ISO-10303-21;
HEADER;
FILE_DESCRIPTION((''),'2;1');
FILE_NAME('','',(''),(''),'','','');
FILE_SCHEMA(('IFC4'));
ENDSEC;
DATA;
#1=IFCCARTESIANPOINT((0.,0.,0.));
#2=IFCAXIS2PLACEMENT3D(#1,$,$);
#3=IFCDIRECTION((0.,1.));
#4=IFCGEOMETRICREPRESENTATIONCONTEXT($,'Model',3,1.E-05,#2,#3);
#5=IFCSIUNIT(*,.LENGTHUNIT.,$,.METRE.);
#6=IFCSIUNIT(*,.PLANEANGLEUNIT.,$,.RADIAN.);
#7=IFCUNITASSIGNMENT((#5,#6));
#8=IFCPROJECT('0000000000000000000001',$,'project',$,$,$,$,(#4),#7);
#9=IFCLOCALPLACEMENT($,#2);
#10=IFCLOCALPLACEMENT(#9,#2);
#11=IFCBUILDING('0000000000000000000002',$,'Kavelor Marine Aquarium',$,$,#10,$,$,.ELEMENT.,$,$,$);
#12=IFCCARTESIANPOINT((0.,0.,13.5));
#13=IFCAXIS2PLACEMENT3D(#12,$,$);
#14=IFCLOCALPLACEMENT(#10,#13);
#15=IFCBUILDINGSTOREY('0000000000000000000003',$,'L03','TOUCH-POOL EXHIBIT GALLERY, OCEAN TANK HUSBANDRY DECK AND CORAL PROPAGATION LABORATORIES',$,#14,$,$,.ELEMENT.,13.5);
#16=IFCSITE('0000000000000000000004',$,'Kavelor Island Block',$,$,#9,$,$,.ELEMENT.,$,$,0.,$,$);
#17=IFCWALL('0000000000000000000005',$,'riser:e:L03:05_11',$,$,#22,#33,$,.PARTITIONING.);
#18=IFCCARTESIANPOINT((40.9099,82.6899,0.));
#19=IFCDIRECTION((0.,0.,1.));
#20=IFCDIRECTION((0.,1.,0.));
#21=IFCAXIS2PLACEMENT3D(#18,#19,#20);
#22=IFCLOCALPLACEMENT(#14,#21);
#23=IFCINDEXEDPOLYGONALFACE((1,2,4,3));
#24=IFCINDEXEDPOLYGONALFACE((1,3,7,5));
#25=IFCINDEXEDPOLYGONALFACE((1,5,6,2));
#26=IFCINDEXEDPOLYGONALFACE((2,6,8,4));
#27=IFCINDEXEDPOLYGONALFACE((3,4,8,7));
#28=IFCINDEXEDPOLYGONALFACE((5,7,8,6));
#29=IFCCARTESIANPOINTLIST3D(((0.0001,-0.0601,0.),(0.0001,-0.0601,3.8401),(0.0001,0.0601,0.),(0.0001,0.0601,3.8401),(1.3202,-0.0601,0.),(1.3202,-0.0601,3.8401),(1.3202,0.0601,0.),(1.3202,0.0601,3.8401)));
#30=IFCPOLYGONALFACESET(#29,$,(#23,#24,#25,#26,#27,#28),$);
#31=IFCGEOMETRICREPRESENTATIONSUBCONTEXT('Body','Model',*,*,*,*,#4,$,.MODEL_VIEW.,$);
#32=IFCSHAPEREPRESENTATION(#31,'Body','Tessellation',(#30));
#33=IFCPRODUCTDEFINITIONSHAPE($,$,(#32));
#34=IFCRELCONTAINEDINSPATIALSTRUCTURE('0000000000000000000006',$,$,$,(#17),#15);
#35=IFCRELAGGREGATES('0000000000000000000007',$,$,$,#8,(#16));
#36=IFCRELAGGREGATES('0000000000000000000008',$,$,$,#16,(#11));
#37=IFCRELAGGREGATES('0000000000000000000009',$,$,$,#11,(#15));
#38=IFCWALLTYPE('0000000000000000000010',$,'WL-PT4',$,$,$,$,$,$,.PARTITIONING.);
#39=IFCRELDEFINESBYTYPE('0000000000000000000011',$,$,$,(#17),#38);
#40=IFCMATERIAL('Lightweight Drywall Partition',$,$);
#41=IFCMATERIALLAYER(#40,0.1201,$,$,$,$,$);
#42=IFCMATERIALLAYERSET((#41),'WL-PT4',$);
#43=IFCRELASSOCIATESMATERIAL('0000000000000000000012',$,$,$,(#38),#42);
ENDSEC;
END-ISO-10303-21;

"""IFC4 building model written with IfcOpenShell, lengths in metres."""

from ifc_helpers import new_model, si_unit, direction, frame, frame_2d, origin, place, context, subcontext, project, spatial, rectangle, extrude, material, layer, layer_set, type_object, element, save


model = new_model("IFC4")

# Units and contexts
model_context = context("Model", 3, precision=1e-05, world=origin(), true_north=direction((0.0, 1.0)))
body_context = subcontext(model_context, "Body", "Model", "MODEL_VIEW")
ifc_project = project(units=[si_unit("LENGTHUNIT", "METRE"), si_unit("PLANEANGLEUNIT", "RADIAN")], contexts=[model_context])

# Site, building, storey
site_placement = place(None, origin())
site = spatial("IfcSite", under=ifc_project, at=site_placement, Name="Kavelor Island Block", CompositionType="ELEMENT", RefElevation=0.0)
building_placement = place(site_placement, origin())
building = spatial("IfcBuilding", under=site, at=building_placement, Name="Kavelor Marine Aquarium", CompositionType="ELEMENT")
storey_placement = place(building_placement, frame((0.0, 0.0, 13.5)))
storey = spatial("IfcBuildingStorey", under=building, at=storey_placement, Name="L03", Description="TOUCH-POOL EXHIBIT GALLERY, OCEAN TANK HUSBANDRY DECK AND CORAL PROPAGATION LABORATORIES", CompositionType="ELEMENT", Elevation=13.5)

# Wall
ifc_material_1 = material(Name="Lightweight Drywall Partition")
ifc_layer_1 = layer(ifc_material_1, 0.1201)
ifc_layer_set_1 = layer_set([ifc_layer_1], Name="WL-PT4")
wall_type = type_object("IfcWallType", Name="WL-PT4", PredefinedType="PARTITIONING", material=ifc_layer_set_1)
wall_placement = place(storey_placement, frame((40.9099, 82.6899, 0.0), z_axis=(0.0, 0.0, 1.0), x_axis=(0.0, 1.0, 0.0)))
element("IfcWall", 1, at=wall_placement, inside=storey, type_object=wall_type, Name="riser:e:L03:05_11", PredefinedType="PARTITIONING", context=body_context, shape_type="SweptSolid", body=[
    extrude(rectangle(XDim=1.3201, YDim=0.1201, at=frame_2d((0.6602, 0.0))), origin(), (0.0, 0.0, 1.0), 3.8401),
])

save(model, "model.ifc")
